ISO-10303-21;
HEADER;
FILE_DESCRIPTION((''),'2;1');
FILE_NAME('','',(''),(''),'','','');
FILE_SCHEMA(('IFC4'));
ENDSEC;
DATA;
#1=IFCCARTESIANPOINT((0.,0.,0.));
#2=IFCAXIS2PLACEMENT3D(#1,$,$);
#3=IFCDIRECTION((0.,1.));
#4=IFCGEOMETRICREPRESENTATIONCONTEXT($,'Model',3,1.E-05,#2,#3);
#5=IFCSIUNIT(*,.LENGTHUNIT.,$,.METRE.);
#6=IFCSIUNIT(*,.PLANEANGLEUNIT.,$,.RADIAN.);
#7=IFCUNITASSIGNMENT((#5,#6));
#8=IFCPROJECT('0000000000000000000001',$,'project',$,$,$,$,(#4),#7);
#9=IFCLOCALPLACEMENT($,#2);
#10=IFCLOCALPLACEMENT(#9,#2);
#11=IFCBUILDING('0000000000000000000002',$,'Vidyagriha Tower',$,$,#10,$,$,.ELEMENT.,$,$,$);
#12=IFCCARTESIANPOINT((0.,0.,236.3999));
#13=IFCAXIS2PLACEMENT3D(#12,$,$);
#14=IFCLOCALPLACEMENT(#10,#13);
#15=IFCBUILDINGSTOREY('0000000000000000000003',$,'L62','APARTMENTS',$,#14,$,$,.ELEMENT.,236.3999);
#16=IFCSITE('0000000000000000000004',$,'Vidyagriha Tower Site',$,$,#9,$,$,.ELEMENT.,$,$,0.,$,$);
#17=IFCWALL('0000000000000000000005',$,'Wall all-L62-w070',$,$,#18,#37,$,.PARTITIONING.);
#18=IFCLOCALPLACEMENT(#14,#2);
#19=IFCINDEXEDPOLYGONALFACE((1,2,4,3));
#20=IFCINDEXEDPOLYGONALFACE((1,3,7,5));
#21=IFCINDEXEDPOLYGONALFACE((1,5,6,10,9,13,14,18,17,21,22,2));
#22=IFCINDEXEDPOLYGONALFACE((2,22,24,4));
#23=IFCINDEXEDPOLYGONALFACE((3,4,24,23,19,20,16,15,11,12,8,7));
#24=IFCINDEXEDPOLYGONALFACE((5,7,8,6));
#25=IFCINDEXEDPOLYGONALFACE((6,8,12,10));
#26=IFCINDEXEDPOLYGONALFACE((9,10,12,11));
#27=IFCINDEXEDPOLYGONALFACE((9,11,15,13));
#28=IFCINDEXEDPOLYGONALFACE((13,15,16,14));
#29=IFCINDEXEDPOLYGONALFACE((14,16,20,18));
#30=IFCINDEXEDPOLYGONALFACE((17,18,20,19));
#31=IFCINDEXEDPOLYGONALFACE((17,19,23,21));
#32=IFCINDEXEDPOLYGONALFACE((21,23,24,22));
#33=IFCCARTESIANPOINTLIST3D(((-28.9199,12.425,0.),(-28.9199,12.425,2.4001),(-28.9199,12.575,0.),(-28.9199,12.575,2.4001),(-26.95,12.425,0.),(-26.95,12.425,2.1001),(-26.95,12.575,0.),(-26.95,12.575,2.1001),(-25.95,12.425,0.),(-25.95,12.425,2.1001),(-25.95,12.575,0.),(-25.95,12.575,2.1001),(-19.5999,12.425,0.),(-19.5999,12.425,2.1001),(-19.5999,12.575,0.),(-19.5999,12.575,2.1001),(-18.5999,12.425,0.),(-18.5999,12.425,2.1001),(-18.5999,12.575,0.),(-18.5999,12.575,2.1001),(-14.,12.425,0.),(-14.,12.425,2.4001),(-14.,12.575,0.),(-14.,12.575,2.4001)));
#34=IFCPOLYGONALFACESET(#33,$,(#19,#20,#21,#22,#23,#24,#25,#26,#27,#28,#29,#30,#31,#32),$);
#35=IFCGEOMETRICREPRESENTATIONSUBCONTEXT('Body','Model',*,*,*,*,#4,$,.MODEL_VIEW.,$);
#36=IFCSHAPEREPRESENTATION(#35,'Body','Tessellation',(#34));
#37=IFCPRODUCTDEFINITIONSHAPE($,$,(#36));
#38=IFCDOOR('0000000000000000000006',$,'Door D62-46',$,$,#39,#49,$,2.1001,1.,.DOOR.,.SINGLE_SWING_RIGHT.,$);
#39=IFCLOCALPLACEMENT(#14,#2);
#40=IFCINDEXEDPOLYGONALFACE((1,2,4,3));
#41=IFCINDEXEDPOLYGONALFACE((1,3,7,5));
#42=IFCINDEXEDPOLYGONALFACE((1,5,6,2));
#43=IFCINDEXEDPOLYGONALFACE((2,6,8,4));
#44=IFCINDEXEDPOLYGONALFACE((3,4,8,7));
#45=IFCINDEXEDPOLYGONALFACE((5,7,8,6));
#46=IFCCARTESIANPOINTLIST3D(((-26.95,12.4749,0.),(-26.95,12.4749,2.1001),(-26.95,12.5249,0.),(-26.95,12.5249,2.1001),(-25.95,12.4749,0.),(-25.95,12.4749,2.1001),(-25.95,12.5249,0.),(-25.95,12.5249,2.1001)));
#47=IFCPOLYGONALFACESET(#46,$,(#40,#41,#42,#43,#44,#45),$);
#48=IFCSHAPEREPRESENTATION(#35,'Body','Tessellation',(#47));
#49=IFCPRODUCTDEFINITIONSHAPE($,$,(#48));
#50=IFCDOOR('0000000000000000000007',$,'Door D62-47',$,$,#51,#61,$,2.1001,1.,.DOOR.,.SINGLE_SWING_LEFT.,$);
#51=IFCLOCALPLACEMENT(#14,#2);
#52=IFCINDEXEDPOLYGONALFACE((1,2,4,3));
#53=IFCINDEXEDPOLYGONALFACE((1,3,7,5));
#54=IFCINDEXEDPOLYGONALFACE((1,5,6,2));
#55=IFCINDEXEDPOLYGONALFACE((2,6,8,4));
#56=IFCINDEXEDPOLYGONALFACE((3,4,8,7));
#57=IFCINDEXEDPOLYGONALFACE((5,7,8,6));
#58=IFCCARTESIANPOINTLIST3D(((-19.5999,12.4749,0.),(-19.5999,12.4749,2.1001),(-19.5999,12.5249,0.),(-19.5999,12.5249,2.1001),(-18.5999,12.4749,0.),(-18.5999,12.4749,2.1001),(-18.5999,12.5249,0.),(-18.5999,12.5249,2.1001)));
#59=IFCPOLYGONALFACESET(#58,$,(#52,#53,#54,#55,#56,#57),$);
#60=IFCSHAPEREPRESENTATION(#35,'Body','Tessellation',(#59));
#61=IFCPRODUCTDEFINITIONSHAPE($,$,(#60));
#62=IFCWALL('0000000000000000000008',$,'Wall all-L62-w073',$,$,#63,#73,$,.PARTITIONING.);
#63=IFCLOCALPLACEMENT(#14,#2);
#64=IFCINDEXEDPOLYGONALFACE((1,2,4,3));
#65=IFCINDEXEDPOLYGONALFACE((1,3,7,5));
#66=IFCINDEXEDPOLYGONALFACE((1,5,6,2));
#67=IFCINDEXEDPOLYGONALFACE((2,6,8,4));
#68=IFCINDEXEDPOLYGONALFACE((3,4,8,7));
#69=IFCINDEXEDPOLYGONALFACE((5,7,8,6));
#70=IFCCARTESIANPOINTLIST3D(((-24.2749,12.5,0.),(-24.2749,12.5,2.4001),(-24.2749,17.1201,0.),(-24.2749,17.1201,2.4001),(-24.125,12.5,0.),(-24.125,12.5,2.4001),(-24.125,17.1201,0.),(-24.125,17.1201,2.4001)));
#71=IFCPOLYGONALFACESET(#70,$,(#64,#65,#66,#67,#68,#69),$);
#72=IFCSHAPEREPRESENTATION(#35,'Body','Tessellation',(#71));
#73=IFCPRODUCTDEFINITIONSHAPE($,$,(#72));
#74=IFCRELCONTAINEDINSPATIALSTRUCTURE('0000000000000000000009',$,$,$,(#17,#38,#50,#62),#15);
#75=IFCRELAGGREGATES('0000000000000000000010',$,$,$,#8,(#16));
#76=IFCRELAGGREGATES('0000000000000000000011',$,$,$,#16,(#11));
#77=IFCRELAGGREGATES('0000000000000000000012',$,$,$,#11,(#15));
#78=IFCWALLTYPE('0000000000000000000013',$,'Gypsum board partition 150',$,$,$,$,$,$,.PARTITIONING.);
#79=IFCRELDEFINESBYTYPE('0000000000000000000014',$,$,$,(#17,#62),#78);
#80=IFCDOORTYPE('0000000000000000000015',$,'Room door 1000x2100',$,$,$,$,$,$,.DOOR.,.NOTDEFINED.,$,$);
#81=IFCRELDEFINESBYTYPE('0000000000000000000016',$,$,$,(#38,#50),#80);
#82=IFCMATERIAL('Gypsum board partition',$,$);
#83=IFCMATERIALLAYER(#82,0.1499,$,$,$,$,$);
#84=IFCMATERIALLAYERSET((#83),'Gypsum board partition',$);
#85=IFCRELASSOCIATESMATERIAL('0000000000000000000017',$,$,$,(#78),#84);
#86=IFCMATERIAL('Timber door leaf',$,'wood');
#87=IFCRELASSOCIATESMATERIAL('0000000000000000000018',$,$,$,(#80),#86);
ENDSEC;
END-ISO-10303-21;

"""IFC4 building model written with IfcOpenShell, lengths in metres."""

from ifc_helpers import new_model, si_unit, direction, frame, frame_2d, origin, place, context, subcontext, project, spatial, rectangle, extrude, material, layer, layer_set, type_object, element, fill, save


model = new_model("IFC4")

# Units and contexts
model_context = context("Model", 3, precision=1e-05, world=origin(), true_north=direction((0.0, 1.0)))
body_context = subcontext(model_context, "Body", "Model", "MODEL_VIEW")
ifc_project = project(units=[si_unit("LENGTHUNIT", "METRE"), si_unit("PLANEANGLEUNIT", "RADIAN")], contexts=[model_context])

# Site, building, storey
site_placement = place(None, origin())
site = spatial("IfcSite", under=ifc_project, at=site_placement, Name="Vidyagriha Tower Site", CompositionType="ELEMENT", RefElevation=0.0)
building_placement = place(site_placement, origin())
building = spatial("IfcBuilding", under=site, at=building_placement, Name="Vidyagriha Tower", CompositionType="ELEMENT")
storey_placement = place(building_placement, frame((0.0, 0.0, 236.3999)))
storey = spatial("IfcBuildingStorey", under=building, at=storey_placement, Name="L62", Description="APARTMENTS", CompositionType="ELEMENT", Elevation=236.3999)

# Wall, openings, doors
ifc_material_1 = material(Name="Gypsum board partition")
ifc_layer_1 = layer(ifc_material_1, 0.1499)
ifc_layer_set_1 = layer_set([ifc_layer_1], Name="Gypsum board partition")
wall_type_1 = type_object("IfcWallType", Name="Gypsum board partition 150", PredefinedType="PARTITIONING", material=ifc_layer_set_1)
wall_1_placement = place(storey_placement, frame((-28.9199, 12.5, 0.0)))
wall_1 = element("IfcWall", 1, at=wall_1_placement, inside=storey, type_object=wall_type_1, Name="Wall all-L62-w070", PredefinedType="PARTITIONING", context=body_context, shape_type="SweptSolid", body=[
    extrude(rectangle(XDim=14.9199, YDim=0.1499, at=frame_2d((7.46, 0.0))), origin(), (0.0, 0.0, 1.0), 2.4001),
])
opening_1_placement = place(wall_1_placement, frame((1.97, 0.0, 0.0)))
opening_1 = element("IfcOpeningElement", 2, at=opening_1_placement, cuts=wall_1, PredefinedType="OPENING", context=body_context, shape_type="SweptSolid", body=[
    extrude(rectangle(XDim=1.0, YDim=2.1001, at=frame_2d((0.5, 1.05))), frame((0.0, 0.085, 0.0), z_axis=(0.0, -1.0, 0.0), x_axis=(1.0, 0.0, 0.0)), (0.0, 0.0, 1.0), 0.1699),
])
opening_2_placement = place(wall_1_placement, frame((9.3201, 0.0, 0.0)))
opening_2 = element("IfcOpeningElement", 3, at=opening_2_placement, cuts=wall_1, PredefinedType="OPENING", context=body_context, shape_type="SweptSolid", body=[
    extrude(rectangle(XDim=1.0, YDim=2.1001, at=frame_2d((0.5, 1.05))), frame((0.0, 0.085, 0.0), z_axis=(0.0, -1.0, 0.0), x_axis=(1.0, 0.0, 0.0)), (0.0, 0.0, 1.0), 0.1699),
])
ifc_material_2 = material(Name="Timber door leaf", Category="wood")
door_type = type_object("IfcDoorType", Name="Room door 1000x2100", OperationType="NOTDEFINED", PredefinedType="DOOR", material=ifc_material_2)
door_1_placement = place(opening_1_placement, origin())
door_1 = element("IfcDoor", 4, at=door_1_placement, inside=storey, type_object=door_type, Name="Door D62-46", OperationType="SINGLE_SWING_RIGHT", OverallHeight=2.1001, OverallWidth=1.0, PredefinedType="DOOR", context=body_context, shape_type="SweptSolid", body=[
    extrude(rectangle(XDim=1.0, YDim=2.1001, at=frame_2d((0.5, 1.05))), frame((0.0, 0.0249, 0.0), z_axis=(0.0, -1.0, 0.0), x_axis=(1.0, 0.0, 0.0)), (0.0, 0.0, 1.0), 0.05),
])
fill(opening_1, door_1)
door_2_placement = place(opening_2_placement, origin())
door_2 = element("IfcDoor", 5, at=door_2_placement, inside=storey, type_object=door_type, Name="Door D62-47", OperationType="SINGLE_SWING_LEFT", OverallHeight=2.1001, OverallWidth=1.0, PredefinedType="DOOR", context=body_context, shape_type="SweptSolid", body=[
    extrude(rectangle(XDim=1.0, YDim=2.1001, at=frame_2d((0.5, 1.05))), frame((0.0, 0.0249, 0.0), z_axis=(0.0, -1.0, 0.0), x_axis=(1.0, 0.0, 0.0)), (0.0, 0.0, 1.0), 0.05),
])
fill(opening_2, door_2)

# Wall
wall_2_placement = place(storey_placement, frame((-24.2, 17.1201, 0.0), z_axis=(0.0, 0.0, 1.0), x_axis=(0.0, -1.0, 0.0)))
element("IfcWall", 6, at=wall_2_placement, inside=storey, type_object=wall_type_1, Name="Wall all-L62-w073", PredefinedType="PARTITIONING", context=body_context, shape_type="SweptSolid", body=[
    extrude(rectangle(XDim=4.6201, YDim=0.1499, at=frame_2d((2.3101, 0.0))), origin(), (0.0, 0.0, 1.0), 2.4001),
])

save(model, "model.ifc")
